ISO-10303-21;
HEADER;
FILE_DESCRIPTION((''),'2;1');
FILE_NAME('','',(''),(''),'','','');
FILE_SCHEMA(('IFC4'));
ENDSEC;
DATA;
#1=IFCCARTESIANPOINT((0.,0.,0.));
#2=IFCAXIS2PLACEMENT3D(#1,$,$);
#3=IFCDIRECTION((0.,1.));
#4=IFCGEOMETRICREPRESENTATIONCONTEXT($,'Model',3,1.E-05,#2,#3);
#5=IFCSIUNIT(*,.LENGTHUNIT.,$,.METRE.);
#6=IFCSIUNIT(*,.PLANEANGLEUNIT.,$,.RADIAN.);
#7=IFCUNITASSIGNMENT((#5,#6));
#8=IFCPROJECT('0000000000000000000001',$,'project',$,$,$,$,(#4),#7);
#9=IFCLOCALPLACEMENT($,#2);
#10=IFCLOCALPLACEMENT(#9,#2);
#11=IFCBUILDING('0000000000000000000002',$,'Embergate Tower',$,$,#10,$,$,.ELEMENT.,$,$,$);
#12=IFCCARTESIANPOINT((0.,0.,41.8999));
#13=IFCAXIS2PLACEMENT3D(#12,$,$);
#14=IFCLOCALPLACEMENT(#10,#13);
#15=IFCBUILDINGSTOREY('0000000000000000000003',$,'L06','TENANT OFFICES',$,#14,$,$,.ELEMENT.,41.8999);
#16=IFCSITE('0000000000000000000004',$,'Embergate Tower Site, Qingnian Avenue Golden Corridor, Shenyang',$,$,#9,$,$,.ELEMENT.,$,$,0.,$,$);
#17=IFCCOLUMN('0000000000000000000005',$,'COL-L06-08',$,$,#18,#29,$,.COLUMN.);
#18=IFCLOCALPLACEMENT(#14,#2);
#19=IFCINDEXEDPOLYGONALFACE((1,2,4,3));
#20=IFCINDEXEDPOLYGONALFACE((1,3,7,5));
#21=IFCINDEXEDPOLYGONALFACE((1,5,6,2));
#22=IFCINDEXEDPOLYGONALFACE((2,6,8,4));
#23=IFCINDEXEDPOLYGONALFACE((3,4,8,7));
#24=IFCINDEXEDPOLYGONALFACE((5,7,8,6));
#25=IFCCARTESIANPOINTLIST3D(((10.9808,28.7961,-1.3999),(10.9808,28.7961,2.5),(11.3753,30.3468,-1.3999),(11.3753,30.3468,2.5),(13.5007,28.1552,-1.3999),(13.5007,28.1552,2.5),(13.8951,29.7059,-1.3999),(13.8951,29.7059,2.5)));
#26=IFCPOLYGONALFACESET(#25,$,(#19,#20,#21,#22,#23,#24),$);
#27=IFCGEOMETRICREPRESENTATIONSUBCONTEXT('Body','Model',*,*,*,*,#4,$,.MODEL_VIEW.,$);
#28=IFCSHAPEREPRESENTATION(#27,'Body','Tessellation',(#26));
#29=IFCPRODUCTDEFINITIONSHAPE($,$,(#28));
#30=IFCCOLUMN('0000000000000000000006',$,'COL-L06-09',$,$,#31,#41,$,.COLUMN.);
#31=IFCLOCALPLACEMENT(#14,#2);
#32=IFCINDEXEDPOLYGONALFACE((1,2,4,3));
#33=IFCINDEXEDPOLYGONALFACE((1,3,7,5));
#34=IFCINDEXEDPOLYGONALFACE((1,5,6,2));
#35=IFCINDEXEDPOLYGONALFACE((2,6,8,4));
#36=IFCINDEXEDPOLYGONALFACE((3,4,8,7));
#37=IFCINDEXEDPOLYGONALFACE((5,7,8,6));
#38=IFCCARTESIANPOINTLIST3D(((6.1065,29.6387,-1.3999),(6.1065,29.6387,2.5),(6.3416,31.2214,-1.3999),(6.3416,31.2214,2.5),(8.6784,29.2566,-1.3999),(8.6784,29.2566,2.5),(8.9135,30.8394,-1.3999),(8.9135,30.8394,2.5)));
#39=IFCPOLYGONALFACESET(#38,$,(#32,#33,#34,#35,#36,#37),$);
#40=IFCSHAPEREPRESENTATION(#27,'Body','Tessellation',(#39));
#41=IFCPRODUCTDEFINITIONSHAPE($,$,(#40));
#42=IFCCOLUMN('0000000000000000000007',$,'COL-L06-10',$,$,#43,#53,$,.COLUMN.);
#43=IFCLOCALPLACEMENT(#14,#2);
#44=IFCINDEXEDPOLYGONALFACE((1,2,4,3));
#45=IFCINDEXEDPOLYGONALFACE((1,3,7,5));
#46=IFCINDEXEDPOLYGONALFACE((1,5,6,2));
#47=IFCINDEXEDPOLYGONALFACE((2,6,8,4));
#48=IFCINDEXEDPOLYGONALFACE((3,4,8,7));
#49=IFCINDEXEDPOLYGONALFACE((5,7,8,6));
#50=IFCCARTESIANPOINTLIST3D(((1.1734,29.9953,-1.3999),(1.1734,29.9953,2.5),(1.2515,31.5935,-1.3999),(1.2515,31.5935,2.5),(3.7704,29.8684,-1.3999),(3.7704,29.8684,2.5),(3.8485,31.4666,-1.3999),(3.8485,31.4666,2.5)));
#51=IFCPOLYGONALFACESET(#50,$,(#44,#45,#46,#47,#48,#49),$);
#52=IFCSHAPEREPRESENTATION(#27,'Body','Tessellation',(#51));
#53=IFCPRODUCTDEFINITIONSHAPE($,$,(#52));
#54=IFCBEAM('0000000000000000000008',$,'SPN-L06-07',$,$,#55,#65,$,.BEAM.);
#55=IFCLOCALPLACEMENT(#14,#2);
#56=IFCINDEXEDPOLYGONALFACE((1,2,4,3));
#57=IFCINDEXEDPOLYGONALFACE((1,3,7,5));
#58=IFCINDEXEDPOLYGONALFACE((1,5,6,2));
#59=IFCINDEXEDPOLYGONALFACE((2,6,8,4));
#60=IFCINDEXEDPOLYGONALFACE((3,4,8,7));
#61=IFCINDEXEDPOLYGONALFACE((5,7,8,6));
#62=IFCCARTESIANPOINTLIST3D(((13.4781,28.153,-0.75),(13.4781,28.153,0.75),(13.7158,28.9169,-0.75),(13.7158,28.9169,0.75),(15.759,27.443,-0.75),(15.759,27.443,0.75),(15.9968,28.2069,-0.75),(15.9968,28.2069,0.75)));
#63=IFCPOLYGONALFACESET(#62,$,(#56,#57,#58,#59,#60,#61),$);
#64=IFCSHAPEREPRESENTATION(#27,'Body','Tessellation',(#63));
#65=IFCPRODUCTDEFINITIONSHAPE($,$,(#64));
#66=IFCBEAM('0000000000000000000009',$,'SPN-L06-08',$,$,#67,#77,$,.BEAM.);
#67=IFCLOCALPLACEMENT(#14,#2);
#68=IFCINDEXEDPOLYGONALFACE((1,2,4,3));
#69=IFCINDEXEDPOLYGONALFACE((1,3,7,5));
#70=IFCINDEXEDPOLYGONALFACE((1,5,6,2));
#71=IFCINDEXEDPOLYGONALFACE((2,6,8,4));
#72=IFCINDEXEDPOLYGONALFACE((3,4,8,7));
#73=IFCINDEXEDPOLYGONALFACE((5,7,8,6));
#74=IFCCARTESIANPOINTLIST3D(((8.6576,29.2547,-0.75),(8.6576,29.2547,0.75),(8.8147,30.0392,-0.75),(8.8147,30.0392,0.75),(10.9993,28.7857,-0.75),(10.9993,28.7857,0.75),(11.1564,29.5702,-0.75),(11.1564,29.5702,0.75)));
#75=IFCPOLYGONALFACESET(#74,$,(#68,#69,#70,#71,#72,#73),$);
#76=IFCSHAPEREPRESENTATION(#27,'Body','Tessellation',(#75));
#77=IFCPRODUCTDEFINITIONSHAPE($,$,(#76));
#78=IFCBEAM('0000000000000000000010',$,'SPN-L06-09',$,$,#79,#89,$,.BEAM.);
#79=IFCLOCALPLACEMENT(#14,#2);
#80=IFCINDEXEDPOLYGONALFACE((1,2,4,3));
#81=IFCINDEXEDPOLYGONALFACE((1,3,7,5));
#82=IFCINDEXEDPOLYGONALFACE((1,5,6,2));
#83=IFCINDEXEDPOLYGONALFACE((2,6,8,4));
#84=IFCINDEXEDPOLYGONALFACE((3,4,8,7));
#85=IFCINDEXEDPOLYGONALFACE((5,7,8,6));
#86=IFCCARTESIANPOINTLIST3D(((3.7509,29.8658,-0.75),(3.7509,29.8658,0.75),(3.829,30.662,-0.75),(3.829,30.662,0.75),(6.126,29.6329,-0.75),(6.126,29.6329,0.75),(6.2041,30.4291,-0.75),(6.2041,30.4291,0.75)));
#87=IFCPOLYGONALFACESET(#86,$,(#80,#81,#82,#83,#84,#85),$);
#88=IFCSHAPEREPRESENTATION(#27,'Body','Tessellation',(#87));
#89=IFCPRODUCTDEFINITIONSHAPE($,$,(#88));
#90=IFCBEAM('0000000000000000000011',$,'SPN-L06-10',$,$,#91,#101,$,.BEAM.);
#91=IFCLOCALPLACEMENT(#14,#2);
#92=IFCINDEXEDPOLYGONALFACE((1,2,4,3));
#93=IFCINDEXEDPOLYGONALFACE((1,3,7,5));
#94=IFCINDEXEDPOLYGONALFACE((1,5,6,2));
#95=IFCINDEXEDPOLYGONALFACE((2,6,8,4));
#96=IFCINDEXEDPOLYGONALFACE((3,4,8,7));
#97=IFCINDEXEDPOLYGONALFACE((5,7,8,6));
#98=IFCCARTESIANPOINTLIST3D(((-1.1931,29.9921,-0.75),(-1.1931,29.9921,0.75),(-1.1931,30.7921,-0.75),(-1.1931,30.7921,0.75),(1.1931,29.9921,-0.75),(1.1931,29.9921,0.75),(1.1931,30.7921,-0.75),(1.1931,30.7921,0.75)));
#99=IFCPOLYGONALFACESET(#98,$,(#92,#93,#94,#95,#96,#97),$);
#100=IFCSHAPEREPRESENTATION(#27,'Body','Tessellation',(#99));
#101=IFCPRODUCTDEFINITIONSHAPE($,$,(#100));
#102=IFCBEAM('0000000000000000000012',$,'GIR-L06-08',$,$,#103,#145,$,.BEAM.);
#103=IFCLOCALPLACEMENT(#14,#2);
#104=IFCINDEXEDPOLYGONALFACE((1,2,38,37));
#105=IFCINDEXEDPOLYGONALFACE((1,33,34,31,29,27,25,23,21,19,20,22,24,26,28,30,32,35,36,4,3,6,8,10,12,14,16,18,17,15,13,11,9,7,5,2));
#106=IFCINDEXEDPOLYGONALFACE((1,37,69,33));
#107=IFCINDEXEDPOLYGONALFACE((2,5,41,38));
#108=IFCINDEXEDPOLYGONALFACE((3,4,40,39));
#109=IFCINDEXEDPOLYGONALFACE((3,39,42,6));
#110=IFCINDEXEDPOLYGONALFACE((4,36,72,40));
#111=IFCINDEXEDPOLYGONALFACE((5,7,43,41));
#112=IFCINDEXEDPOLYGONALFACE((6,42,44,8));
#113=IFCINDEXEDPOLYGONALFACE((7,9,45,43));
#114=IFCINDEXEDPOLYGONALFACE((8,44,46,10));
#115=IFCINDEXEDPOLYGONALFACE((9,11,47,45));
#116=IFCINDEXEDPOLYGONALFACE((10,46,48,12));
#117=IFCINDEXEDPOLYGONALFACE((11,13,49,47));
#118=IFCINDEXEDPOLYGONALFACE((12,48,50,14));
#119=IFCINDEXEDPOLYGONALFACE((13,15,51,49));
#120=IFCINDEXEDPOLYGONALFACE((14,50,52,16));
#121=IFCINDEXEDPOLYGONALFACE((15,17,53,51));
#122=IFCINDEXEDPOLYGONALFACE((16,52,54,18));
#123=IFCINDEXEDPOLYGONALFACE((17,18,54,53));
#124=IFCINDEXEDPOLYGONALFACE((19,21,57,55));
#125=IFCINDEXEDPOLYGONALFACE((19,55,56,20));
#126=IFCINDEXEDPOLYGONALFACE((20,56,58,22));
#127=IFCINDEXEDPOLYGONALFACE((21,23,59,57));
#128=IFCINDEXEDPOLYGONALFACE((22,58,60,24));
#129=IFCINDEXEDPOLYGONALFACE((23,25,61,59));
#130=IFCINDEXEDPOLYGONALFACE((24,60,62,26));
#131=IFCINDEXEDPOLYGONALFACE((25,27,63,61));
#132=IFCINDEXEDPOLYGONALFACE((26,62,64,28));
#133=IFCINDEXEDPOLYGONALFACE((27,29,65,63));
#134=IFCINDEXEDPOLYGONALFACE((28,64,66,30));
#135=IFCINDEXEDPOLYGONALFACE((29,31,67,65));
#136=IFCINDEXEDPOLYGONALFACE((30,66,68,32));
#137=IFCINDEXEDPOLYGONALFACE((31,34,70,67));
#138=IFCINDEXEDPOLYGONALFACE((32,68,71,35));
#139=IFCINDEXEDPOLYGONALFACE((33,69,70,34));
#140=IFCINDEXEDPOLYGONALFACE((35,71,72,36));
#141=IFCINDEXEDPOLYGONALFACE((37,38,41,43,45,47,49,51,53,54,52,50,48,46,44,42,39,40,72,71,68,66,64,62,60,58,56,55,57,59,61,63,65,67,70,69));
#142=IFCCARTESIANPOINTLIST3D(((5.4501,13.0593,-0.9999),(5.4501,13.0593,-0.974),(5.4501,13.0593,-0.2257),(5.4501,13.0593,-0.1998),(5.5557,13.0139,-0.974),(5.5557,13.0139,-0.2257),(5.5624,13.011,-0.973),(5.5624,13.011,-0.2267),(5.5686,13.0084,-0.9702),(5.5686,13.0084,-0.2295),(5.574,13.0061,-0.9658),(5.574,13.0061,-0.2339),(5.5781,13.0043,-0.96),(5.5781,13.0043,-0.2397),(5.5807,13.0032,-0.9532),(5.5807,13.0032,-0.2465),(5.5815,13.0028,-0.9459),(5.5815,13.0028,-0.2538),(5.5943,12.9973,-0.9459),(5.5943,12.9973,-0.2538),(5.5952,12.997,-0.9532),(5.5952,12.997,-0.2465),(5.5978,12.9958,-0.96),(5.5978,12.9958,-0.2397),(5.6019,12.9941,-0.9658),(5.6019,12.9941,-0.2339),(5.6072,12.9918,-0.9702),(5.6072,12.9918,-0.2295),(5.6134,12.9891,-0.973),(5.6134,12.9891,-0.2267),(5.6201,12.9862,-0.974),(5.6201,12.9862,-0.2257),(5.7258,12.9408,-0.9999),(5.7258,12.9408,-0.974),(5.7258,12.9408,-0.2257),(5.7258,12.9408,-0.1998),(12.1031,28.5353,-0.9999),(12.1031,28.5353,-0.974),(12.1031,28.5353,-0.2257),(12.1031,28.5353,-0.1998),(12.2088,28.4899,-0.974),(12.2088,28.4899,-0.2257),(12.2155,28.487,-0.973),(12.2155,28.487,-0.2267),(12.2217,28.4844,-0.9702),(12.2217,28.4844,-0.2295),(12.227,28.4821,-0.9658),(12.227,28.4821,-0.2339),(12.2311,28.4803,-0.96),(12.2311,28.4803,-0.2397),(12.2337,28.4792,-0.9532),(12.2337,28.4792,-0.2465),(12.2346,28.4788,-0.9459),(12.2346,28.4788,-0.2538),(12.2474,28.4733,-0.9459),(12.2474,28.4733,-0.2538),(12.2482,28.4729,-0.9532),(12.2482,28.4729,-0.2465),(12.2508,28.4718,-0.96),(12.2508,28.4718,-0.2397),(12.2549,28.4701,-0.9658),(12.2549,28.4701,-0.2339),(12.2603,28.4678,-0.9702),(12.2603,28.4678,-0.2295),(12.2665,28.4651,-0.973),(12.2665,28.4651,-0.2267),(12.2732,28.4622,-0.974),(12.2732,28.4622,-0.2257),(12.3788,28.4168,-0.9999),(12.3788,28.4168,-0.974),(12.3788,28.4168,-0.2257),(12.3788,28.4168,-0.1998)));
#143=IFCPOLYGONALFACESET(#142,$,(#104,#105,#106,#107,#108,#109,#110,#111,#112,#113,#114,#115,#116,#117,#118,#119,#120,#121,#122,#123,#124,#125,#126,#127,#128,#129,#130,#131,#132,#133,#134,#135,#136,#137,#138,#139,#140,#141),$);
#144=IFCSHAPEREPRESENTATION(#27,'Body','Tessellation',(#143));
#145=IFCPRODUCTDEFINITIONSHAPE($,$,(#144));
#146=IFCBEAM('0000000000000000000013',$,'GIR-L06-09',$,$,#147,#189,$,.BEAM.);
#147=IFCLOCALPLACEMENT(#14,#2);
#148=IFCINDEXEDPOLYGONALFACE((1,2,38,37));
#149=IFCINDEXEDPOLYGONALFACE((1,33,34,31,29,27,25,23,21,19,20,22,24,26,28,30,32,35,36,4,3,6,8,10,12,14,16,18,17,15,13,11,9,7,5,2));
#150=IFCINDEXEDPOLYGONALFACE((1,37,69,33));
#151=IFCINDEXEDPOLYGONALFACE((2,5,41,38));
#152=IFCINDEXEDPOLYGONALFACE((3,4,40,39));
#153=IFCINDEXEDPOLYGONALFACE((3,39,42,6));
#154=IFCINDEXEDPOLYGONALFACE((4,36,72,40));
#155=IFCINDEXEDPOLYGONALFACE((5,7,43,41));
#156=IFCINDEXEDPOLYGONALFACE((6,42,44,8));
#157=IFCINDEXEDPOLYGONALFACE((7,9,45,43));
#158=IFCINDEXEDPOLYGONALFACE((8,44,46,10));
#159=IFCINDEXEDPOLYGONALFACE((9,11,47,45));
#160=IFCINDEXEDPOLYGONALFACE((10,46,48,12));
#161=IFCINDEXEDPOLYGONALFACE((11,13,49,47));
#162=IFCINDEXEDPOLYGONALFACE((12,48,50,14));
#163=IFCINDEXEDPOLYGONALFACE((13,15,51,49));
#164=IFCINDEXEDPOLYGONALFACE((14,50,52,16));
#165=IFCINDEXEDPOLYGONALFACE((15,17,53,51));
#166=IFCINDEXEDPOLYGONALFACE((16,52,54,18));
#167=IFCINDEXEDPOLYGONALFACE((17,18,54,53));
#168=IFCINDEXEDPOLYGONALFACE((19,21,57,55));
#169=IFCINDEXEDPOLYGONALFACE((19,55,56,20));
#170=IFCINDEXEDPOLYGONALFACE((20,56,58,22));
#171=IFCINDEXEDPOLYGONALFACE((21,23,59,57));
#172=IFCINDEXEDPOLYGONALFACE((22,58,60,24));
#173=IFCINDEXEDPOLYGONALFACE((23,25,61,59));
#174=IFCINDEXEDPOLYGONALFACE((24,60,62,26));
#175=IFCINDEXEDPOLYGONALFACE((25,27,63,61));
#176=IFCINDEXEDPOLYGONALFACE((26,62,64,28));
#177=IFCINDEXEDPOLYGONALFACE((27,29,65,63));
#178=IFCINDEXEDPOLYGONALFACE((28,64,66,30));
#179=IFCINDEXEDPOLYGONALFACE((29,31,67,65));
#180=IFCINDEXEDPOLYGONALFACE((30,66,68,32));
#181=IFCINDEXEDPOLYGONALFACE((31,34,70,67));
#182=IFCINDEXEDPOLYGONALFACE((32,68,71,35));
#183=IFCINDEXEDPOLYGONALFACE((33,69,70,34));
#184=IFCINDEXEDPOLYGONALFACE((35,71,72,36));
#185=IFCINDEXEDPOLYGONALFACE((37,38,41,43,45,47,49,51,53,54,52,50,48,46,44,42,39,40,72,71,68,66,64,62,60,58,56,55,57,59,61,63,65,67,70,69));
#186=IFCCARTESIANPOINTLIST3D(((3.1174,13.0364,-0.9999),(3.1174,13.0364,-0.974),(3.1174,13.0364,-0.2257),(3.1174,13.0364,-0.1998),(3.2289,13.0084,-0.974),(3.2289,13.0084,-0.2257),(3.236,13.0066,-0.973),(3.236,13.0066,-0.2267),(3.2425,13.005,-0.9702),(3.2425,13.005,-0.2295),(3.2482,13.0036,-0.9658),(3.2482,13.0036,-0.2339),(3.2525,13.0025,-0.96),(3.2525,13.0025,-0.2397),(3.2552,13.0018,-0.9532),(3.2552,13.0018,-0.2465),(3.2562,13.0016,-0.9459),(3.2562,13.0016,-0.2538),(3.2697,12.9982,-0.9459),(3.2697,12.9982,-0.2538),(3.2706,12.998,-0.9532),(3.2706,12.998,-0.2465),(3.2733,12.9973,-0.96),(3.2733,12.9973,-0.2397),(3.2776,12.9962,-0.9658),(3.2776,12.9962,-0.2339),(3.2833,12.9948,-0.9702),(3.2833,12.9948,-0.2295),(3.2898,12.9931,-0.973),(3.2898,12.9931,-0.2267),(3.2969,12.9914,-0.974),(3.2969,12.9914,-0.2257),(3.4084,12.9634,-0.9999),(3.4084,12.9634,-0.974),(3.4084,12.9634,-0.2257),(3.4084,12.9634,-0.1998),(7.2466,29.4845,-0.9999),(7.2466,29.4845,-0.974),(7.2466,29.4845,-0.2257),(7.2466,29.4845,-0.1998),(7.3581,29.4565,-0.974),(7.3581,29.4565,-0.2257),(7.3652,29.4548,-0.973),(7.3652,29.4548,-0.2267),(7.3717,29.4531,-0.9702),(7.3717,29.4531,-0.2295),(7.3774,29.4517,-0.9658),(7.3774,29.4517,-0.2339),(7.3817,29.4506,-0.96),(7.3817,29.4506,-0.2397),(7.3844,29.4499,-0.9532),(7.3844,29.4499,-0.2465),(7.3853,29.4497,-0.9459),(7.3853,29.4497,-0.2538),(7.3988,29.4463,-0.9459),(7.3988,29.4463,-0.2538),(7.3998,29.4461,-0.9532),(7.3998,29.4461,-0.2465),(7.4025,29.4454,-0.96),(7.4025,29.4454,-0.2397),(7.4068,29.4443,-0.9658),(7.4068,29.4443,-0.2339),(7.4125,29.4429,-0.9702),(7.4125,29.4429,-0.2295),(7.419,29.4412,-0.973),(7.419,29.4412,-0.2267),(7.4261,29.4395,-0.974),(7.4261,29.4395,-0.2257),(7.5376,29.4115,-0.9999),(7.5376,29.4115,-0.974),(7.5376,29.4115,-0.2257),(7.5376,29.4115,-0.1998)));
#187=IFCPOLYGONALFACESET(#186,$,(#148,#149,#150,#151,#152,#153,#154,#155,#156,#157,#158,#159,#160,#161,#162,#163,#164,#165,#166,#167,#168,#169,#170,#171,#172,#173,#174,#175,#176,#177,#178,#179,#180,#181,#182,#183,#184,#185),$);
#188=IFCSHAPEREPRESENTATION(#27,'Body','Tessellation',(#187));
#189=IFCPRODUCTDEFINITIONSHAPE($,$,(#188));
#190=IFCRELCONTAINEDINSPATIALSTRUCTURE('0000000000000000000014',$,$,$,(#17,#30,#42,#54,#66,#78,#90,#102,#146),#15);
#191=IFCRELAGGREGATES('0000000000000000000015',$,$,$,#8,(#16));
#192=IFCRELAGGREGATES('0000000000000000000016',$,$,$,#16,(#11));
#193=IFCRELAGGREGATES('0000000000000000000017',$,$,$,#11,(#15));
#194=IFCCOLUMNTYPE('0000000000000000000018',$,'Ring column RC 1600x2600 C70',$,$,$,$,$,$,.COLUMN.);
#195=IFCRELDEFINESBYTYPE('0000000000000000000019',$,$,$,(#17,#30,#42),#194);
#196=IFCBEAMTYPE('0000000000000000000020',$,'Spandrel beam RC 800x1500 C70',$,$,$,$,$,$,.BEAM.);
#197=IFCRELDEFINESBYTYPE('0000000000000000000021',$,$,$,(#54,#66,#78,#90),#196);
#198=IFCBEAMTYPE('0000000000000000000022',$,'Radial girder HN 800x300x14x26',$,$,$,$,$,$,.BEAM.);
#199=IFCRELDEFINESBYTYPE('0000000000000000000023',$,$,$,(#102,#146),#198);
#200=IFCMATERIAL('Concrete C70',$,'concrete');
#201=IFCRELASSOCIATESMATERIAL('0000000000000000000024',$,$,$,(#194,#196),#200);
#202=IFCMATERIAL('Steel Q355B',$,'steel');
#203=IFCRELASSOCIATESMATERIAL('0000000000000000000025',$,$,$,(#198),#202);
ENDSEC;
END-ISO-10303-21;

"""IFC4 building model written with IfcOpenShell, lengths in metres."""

from ifc_helpers import new_model, si_unit, direction, frame, origin, origin_2d, place, context, subcontext, project, spatial, rectangle, i_section, extrude, source, transform, mapped, material, material_profile, profile_set, type_object, element, save


model = new_model("IFC4")

# Units and contexts
model_context = context("Model", 3, precision=1e-05, world=origin(), true_north=direction((0.0, 1.0)))
body_context = subcontext(model_context, "Body", "Model", "MODEL_VIEW")
ifc_project = project(units=[si_unit("LENGTHUNIT", "METRE"), si_unit("PLANEANGLEUNIT", "RADIAN")], contexts=[model_context])

# Site, building, storey
site_placement = place(None, origin())
site = spatial("IfcSite", under=ifc_project, at=site_placement, Name="Embergate Tower Site, Qingnian Avenue Golden Corridor, Shenyang", CompositionType="ELEMENT", RefElevation=0.0)
building_placement = place(site_placement, origin())
building = spatial("IfcBuilding", under=site, at=building_placement, Name="Embergate Tower", CompositionType="ELEMENT")
storey_placement = place(building_placement, frame((0.0, 0.0, 41.8999)))
storey = spatial("IfcBuildingStorey", under=building, at=storey_placement, Name="L06", Description="TENANT OFFICES", CompositionType="ELEMENT", Elevation=41.8999)

# Columns
ifc_material_1 = material(Name="Concrete C70", Category="concrete")
ifc_material_profile_1 = material_profile(ifc_material_1, rectangle(XDim=1.6001, YDim=2.6001, at=origin_2d()), Name="RC 1600x2600")
ifc_profile_set_1 = profile_set([ifc_material_profile_1], Name="Concrete C70")
column_type = type_object("IfcColumnType", Name="Ring column RC 1600x2600 C70", PredefinedType="COLUMN", material=ifc_profile_set_1)
shared_shape_1 = source(origin(), body_context, "Body", "SweptSolid", [
    extrude(rectangle(XDim=1.6001, YDim=2.6001, at=origin_2d()), origin(), (0.0, 0.0, 1.0), 3.8999),
])
for number, where, z_axis, x_axis, name in (
    (1, (12.438, 29.251, -1.3999), (0.0, 0.0, 1.0), (0.246492, 0.969145, 0.0), "COL-L06-08"),
    (2, (7.51, 30.239, -1.3999), (0.0, 0.0, 1.0), (0.146929, 0.989147, 0.0), "COL-L06-09"),
    (3, (2.511, 30.731, -1.3999), (0.0, 0.0, 1.0), (0.048815, 0.998808, 0.0), "COL-L06-10"),
):
    element("IfcColumn", number, at=place(storey_placement, frame(where, z_axis=z_axis, x_axis=x_axis)), inside=storey, type_object=column_type, Name=name, PredefinedType="COLUMN", context=body_context, shape_type="MappedRepresentation", body=[
        mapped(shared_shape_1, transform((0.0, 0.0, 0.0))),
    ])

# Beams
ifc_material_profile_2 = material_profile(ifc_material_1, rectangle(XDim=0.8, YDim=1.5, at=origin_2d()), Name="RC 800x1500")
ifc_profile_set_2 = profile_set([ifc_material_profile_2], Name="Concrete C70")
beam_type_1 = type_object("IfcBeamType", Name="Spandrel beam RC 800x1500 C70", PredefinedType="BEAM", material=ifc_profile_set_2)
shared_shape_2 = source(origin(), body_context, "Body", "SweptSolid", [
    extrude(rectangle(XDim=0.8, YDim=1.5, at=origin_2d()), origin(), (0.0, 0.0, 1.0), 2.3889),
])
beam_1_placement = place(storey_placement, frame((15.8779, 27.825, 0.0), z_axis=(-0.954819, 0.297187, 0.0), x_axis=(-0.297187, -0.954819, 0.0)))
element("IfcBeam", 4, at=beam_1_placement, inside=storey, type_object=beam_type_1, Name="SPN-L06-07", PredefinedType="BEAM", context=body_context, shape_type="MappedRepresentation", body=[
    mapped(shared_shape_2, transform((0.0, 0.0, 0.0))),
])
shared_shape_3 = source(origin(), body_context, "Body", "SweptSolid", [
    extrude(rectangle(XDim=0.8, YDim=1.5, at=origin_2d()), origin(), (0.0, 0.0, 1.0), 2.3882),
])
beam_2_placement = place(storey_placement, frame((11.0779, 29.178, 0.0), z_axis=(-0.98053, 0.196372, 0.0), x_axis=(-0.196372, -0.98053, 0.0)))
element("IfcBeam", 5, at=beam_2_placement, inside=storey, type_object=beam_type_1, Name="SPN-L06-08", PredefinedType="BEAM", context=body_context, shape_type="MappedRepresentation", body=[
    mapped(shared_shape_3, transform((0.0, 0.0, 0.0))),
])
shared_shape_4 = source(origin(), body_context, "Body", "SweptSolid", [
    extrude(rectangle(XDim=0.8, YDim=1.5, at=origin_2d()), origin(), (0.0, 0.0, 1.0), 2.3865),
])
beam_3_placement = place(storey_placement, frame((6.165, 30.031, 0.0), z_axis=(-0.995226, 0.097599, 0.0), x_axis=(-0.097599, -0.995226, 0.0)))
element("IfcBeam", 6, at=beam_3_placement, inside=storey, type_object=beam_type_1, Name="SPN-L06-09", PredefinedType="BEAM", context=body_context, shape_type="MappedRepresentation", body=[
    mapped(shared_shape_4, transform((0.0, 0.0, 0.0))),
])
shared_shape_5 = source(origin(), body_context, "Body", "SweptSolid", [
    extrude(rectangle(XDim=0.8, YDim=1.5, at=origin_2d()), origin(), (0.0, 0.0, 1.0), 2.3862),
])
beam_4_placement = place(storey_placement, frame((1.1931, 30.3921, 0.0), z_axis=(-1.0, 0.0, 0.0), x_axis=(0.0, -1.0, 0.0)))
element("IfcBeam", 7, at=beam_4_placement, inside=storey, type_object=beam_type_1, Name="SPN-L06-10", PredefinedType="BEAM", context=body_context, shape_type="MappedRepresentation", body=[
    mapped(shared_shape_5, transform((0.0, 0.0, 0.0))),
])
ifc_material_2 = material(Name="Steel Q355B", Category="steel")
ifc_material_profile_3 = material_profile(ifc_material_2, i_section(OverallWidth=0.3, OverallDepth=0.8, WebThickness=0.0139, FlangeThickness=0.0259, FilletRadius=0.0281, at=origin_2d()), Name="HN 800x300x14x26")
ifc_profile_set_3 = profile_set([ifc_material_profile_3], Name="Steel Q355 grade B")
beam_type_2 = type_object("IfcBeamType", Name="Radial girder HN 800x300x14x26", PredefinedType="BEAM", material=ifc_profile_set_3)
shared_shape_6 = source(origin(), body_context, "Body", "SweptSolid", [
    extrude(i_section(OverallWidth=0.3, OverallDepth=0.8, WebThickness=0.0139, FlangeThickness=0.0259, FilletRadius=0.0281, at=origin_2d()), origin(), (0.0, 0.0, 1.0), 16.8455),
])
beam_5_placement = place(storey_placement, frame((12.241, 28.4761, -0.5999), z_axis=(-0.394946, -0.918704, 0.0), x_axis=(0.918704, -0.394946, 0.0)))
element("IfcBeam", 8, at=beam_5_placement, inside=storey, type_object=beam_type_2, Name="GIR-L06-08", PredefinedType="BEAM", context=body_context, shape_type="MappedRepresentation", body=[
    mapped(shared_shape_6, transform((0.0, 0.0, 0.0))),
])
shared_shape_7 = source(origin(), body_context, "Body", "SweptSolid", [
    extrude(i_section(OverallWidth=0.3, OverallDepth=0.8, WebThickness=0.0139, FlangeThickness=0.0259, FilletRadius=0.0281, at=origin_2d()), origin(), (0.0, 0.0, 1.0), 16.9585),
])
beam_6_placement = place(storey_placement, frame((7.3921, 29.448, -0.5999), z_axis=(-0.243487, -0.969904, 0.0), x_axis=(0.969904, -0.243487, 0.0)))
element("IfcBeam", 9, at=beam_6_placement, inside=storey, type_object=beam_type_2, Name="GIR-L06-09", PredefinedType="BEAM", context=body_context, shape_type="MappedRepresentation", body=[
    mapped(shared_shape_7, transform((0.0, 0.0, 0.0))),
])

save(model, "model.ifc")
